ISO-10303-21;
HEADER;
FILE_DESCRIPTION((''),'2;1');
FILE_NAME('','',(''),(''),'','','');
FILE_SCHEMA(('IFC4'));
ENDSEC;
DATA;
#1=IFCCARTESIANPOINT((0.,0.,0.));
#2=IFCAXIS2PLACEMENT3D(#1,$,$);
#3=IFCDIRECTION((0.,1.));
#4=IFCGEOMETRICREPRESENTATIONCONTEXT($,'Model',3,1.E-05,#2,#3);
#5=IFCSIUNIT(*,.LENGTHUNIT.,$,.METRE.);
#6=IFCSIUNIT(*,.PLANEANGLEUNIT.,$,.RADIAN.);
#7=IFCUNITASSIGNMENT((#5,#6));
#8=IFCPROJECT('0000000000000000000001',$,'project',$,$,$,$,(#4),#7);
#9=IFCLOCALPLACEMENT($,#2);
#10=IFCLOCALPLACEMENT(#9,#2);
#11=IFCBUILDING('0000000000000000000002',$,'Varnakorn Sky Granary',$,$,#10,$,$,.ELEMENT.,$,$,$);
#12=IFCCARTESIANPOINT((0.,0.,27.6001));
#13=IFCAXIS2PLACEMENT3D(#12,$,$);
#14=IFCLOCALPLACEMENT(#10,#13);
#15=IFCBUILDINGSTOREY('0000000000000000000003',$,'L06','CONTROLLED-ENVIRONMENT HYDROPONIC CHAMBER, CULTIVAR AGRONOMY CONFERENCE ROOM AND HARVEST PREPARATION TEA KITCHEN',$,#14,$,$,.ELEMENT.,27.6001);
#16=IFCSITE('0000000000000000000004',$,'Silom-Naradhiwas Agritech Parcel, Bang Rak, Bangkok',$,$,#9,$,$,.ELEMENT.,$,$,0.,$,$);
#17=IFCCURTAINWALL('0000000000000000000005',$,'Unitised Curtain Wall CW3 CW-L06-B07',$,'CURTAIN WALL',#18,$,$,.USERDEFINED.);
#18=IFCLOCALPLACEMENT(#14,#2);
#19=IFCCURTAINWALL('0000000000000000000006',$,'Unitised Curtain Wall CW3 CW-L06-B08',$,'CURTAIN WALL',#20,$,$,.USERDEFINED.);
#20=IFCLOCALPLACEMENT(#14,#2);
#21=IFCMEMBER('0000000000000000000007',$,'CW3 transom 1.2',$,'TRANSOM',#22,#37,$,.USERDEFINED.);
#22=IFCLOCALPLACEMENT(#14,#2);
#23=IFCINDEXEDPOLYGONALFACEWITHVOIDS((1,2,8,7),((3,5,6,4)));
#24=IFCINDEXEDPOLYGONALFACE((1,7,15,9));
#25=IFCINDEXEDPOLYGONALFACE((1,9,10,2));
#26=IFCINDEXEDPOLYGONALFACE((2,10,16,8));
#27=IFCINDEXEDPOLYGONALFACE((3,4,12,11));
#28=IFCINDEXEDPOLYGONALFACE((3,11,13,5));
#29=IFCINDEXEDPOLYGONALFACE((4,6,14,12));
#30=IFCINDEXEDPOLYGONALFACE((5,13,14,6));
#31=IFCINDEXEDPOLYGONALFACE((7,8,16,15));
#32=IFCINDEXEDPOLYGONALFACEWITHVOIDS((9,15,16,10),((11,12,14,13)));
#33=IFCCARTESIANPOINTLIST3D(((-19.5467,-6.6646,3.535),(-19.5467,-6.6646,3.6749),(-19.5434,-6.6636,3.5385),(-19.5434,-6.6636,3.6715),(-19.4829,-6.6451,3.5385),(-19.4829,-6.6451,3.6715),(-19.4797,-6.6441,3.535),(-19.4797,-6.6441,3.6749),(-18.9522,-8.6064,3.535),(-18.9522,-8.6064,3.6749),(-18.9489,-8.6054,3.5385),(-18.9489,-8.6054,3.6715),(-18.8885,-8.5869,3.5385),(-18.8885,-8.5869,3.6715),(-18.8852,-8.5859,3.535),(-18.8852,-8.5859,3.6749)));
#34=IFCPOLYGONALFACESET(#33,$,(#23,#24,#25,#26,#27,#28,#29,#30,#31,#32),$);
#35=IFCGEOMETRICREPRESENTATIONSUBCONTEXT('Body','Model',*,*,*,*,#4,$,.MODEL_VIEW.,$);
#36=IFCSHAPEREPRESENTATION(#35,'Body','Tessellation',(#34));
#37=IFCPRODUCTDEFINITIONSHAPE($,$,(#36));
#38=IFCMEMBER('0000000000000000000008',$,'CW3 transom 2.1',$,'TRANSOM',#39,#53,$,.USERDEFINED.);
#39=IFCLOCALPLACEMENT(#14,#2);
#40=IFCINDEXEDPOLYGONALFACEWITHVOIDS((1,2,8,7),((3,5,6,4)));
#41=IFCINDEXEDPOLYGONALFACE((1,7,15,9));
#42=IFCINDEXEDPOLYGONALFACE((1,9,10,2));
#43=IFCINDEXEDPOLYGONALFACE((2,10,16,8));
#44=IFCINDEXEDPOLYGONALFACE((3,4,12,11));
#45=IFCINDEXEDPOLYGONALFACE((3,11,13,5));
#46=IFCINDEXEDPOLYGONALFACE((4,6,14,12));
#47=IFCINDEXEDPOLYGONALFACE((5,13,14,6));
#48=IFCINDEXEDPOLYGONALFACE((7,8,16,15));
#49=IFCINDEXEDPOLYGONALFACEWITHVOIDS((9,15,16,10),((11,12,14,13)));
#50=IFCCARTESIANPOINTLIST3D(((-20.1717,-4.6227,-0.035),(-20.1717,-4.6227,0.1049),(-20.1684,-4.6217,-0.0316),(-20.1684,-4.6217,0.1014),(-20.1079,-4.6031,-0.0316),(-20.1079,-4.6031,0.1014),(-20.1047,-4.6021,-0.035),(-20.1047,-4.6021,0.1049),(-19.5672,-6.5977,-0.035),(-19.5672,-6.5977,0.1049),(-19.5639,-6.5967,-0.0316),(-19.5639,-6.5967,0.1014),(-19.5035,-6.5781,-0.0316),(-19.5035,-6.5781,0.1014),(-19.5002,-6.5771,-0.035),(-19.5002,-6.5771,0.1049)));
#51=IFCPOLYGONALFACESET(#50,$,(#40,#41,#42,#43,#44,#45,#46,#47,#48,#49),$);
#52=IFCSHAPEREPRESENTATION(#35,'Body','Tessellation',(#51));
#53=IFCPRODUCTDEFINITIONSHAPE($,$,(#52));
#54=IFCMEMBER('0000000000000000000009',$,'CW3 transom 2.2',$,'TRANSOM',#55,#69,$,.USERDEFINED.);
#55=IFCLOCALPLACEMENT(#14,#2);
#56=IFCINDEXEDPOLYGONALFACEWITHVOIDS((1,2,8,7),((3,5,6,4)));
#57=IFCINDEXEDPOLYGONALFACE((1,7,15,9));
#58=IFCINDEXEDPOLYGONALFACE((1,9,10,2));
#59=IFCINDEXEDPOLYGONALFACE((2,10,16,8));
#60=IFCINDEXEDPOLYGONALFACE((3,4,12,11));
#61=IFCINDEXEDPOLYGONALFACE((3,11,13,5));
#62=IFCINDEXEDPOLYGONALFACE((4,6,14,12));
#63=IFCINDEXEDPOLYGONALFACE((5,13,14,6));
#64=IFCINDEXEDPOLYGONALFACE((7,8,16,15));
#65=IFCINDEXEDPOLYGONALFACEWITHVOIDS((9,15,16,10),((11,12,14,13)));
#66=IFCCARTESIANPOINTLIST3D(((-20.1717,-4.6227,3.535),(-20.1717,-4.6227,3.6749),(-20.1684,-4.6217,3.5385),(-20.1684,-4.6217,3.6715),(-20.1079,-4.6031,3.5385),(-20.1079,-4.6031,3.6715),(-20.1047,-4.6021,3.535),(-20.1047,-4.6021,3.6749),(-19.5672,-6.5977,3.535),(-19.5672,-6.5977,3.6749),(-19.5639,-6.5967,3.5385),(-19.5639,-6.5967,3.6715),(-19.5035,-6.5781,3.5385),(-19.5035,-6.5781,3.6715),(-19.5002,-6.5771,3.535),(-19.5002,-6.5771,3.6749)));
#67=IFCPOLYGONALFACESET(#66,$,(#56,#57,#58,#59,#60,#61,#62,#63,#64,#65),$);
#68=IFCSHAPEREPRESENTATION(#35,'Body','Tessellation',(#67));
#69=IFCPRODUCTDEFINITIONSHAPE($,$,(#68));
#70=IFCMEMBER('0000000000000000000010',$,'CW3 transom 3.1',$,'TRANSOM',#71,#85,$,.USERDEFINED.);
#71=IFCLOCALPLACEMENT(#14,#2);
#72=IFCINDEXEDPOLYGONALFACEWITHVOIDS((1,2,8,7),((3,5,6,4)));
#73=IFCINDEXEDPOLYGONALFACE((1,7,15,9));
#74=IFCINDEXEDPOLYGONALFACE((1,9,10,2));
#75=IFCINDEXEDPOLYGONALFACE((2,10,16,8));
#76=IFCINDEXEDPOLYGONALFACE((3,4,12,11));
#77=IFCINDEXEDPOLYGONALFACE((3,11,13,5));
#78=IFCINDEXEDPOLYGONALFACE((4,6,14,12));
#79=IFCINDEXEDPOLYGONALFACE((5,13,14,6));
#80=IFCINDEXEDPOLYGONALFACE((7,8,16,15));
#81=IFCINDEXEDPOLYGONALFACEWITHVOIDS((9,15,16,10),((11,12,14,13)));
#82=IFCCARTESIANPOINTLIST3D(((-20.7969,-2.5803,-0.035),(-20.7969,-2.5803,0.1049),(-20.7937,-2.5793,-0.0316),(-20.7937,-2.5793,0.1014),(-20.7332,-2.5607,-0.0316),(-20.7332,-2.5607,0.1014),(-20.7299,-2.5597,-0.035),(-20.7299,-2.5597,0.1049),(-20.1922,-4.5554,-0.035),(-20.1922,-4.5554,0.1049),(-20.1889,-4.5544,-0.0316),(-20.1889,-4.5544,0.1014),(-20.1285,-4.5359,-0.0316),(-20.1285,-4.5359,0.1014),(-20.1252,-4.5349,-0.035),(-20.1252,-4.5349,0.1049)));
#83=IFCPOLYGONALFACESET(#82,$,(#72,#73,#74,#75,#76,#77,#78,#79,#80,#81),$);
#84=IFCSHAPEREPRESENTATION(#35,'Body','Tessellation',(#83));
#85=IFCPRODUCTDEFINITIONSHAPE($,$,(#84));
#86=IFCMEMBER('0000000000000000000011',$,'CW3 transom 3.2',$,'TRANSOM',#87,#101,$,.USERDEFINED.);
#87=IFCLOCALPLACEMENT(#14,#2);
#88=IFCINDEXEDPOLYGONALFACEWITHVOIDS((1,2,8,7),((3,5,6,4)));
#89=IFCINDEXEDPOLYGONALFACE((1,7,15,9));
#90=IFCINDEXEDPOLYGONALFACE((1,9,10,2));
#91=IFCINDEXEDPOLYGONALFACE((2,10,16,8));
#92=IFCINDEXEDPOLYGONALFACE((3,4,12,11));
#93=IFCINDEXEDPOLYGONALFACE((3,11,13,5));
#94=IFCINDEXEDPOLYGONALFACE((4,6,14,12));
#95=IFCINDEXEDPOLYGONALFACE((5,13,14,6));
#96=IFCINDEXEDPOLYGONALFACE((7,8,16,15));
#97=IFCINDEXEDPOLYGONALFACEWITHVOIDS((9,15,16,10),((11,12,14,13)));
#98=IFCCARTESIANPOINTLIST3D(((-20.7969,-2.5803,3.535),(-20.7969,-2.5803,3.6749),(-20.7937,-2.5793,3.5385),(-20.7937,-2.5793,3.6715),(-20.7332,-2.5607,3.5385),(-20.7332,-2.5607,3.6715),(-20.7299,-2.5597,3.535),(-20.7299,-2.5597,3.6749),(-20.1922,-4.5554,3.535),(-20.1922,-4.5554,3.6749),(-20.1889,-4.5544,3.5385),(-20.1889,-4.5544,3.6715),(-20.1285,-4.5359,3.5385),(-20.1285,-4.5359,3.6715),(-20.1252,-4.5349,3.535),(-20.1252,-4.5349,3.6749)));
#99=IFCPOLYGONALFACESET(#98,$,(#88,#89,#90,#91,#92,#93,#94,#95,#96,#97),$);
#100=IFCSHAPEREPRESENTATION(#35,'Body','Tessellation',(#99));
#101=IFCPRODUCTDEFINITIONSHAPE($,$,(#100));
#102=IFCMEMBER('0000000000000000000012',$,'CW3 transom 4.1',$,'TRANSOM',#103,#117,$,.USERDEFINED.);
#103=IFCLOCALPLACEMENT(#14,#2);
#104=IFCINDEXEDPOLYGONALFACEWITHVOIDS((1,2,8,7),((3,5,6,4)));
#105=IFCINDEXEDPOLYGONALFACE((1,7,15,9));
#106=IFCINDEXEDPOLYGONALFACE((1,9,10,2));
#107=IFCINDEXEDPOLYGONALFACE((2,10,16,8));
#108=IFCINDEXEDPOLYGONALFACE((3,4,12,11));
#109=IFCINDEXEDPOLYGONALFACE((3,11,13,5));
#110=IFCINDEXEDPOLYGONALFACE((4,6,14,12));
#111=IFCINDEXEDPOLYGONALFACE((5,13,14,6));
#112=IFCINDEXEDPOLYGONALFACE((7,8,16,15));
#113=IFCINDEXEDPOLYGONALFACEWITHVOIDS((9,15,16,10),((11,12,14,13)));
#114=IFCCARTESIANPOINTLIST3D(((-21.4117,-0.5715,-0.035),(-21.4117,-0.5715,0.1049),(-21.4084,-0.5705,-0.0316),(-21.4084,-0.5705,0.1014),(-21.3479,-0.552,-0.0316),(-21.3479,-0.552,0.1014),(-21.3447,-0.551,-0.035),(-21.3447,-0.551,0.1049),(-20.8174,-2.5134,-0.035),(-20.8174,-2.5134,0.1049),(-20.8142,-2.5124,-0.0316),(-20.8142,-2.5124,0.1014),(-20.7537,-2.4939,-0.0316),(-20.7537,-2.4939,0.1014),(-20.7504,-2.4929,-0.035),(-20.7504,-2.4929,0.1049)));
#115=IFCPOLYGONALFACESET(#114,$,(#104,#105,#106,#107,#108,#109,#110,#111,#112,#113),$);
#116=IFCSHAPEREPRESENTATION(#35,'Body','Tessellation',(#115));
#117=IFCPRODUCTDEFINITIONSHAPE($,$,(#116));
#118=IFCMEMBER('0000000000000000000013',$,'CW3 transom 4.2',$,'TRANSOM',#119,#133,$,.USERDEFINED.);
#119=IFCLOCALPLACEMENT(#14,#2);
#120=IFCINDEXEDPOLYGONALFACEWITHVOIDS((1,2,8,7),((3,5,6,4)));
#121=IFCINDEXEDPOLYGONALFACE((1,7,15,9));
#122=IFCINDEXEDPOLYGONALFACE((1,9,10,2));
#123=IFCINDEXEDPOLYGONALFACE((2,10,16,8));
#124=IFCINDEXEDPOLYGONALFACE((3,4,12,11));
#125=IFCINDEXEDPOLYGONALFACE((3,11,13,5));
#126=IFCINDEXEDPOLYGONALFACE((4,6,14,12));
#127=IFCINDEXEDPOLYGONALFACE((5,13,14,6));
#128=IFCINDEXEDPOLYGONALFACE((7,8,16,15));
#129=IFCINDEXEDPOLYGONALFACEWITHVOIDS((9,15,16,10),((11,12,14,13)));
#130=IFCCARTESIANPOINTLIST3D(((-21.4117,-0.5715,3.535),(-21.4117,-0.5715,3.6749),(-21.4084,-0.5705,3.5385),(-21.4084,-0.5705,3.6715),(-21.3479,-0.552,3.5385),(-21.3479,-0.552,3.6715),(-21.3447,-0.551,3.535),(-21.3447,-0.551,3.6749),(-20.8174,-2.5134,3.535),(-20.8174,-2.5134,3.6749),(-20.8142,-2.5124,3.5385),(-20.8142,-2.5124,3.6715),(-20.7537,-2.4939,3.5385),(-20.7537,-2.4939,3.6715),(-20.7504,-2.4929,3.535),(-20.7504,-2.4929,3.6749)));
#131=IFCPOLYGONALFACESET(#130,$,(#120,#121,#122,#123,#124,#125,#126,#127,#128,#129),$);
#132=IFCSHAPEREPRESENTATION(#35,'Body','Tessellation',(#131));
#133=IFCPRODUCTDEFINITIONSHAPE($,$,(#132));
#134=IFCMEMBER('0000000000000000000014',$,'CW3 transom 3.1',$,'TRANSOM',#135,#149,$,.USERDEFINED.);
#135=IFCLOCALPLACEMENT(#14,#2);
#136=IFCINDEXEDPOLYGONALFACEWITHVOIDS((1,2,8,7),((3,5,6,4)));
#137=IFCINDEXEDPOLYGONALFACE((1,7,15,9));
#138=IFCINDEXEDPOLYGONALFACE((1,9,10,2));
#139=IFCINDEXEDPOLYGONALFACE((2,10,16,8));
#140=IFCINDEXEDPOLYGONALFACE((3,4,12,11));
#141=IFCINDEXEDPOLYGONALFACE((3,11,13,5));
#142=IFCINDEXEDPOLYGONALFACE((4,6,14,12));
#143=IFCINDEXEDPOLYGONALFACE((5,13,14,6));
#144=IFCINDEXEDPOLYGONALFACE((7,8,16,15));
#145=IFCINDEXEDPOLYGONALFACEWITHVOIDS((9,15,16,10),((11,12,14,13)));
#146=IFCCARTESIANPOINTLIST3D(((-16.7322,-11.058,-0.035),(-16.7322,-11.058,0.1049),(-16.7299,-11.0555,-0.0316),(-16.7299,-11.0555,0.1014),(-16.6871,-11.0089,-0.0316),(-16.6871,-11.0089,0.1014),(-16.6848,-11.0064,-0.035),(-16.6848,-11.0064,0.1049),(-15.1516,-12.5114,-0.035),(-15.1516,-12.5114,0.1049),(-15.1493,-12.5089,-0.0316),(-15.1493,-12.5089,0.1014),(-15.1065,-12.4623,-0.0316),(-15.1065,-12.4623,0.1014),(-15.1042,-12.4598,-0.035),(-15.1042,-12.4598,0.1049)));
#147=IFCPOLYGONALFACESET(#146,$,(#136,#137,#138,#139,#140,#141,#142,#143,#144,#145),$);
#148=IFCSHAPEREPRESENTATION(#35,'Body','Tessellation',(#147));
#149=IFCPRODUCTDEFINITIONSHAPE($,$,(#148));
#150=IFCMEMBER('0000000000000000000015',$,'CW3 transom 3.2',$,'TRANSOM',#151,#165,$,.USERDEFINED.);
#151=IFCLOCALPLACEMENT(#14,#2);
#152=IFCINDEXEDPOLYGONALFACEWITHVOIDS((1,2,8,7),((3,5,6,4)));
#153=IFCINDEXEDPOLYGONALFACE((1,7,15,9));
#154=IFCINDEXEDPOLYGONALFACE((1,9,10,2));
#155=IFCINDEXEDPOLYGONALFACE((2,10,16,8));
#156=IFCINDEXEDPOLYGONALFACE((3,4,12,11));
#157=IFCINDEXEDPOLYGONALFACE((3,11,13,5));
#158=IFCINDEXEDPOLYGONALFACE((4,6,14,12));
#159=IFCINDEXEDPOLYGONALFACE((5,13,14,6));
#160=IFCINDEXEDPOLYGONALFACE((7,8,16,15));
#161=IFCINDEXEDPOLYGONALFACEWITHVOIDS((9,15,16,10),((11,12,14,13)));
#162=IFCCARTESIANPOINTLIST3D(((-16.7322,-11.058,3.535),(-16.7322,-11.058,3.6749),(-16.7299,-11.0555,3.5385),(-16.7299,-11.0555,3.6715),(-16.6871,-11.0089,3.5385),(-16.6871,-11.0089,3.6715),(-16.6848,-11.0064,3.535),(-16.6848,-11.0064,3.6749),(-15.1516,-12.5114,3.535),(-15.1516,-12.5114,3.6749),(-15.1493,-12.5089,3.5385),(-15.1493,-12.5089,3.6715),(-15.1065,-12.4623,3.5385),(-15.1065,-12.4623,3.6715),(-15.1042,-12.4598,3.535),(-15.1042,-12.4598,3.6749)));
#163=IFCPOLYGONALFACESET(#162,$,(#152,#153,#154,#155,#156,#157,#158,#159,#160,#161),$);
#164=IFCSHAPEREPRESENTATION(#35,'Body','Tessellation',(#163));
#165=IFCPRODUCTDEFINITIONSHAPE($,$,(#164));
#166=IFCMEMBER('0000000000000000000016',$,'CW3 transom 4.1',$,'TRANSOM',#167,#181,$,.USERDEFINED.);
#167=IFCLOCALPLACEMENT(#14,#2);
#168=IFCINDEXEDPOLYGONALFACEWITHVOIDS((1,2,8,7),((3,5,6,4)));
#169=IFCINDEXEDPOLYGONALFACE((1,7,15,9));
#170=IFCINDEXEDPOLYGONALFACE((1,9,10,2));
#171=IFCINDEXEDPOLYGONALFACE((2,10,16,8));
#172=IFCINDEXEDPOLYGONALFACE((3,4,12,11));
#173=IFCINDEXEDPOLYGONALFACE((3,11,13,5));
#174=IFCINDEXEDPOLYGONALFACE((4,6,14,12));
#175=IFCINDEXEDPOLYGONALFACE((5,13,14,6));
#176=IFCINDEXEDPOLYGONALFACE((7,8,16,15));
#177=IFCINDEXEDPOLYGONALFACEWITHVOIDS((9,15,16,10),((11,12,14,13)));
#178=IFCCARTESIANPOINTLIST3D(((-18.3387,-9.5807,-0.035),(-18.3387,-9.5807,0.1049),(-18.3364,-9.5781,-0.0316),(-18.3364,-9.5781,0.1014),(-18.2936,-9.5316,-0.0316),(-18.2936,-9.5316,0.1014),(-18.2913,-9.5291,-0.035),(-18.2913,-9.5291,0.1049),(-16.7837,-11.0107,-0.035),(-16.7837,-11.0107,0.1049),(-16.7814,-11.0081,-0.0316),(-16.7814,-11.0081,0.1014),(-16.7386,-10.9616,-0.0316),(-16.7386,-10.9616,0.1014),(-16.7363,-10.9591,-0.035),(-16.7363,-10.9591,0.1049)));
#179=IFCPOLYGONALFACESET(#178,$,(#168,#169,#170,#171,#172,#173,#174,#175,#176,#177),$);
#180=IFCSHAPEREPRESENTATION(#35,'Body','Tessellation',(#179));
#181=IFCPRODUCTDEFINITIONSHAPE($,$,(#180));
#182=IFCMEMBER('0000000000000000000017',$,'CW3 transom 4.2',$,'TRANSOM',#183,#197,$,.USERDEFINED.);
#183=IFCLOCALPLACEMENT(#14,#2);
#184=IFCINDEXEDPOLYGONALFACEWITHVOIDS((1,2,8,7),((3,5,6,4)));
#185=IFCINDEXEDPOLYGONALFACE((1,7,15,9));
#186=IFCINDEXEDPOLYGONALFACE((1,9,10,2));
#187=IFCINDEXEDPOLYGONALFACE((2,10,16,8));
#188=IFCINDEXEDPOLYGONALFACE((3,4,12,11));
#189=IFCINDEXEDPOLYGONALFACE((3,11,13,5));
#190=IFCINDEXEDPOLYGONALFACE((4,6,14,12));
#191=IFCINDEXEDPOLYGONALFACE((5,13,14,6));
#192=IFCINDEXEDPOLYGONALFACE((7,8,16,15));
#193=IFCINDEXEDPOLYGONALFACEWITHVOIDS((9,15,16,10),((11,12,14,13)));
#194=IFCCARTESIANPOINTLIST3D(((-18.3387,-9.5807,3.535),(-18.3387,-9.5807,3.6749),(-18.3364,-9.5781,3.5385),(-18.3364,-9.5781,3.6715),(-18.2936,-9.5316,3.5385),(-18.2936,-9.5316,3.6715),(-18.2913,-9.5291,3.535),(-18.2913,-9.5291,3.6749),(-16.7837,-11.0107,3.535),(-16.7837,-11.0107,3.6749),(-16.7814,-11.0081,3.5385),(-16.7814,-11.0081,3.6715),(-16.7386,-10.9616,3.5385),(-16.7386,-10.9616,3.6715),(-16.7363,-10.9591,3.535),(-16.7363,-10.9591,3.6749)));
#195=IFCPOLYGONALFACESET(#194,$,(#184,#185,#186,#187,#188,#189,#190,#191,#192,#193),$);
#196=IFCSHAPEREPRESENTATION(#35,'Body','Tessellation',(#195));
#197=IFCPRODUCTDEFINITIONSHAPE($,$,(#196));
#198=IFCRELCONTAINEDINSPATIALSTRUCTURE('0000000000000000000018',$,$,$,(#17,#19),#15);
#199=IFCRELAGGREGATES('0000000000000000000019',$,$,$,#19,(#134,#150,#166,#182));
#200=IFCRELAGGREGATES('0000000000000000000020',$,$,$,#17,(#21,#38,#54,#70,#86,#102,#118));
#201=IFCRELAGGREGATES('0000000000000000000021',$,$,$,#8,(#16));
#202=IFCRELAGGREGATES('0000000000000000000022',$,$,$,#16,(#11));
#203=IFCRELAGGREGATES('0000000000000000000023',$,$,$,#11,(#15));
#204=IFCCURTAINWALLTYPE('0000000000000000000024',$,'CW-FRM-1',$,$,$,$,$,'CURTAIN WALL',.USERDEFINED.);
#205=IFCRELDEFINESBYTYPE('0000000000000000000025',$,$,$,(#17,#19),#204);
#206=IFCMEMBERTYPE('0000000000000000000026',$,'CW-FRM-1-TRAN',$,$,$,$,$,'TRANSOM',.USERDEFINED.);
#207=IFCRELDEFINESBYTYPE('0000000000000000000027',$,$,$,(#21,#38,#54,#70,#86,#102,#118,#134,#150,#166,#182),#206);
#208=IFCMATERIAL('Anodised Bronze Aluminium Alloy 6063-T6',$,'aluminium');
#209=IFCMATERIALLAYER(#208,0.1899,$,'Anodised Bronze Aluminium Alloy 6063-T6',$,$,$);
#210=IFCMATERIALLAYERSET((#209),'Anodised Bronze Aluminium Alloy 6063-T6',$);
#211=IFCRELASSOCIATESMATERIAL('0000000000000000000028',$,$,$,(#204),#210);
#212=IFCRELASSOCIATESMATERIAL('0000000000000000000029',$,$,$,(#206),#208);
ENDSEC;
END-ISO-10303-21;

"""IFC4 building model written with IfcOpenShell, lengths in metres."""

from ifc_helpers import new_model, si_unit, direction, frame, origin, origin_2d, place, context, subcontext, project, spatial, hollow_rectangle, extrude, material, layer, layer_set, material_profile, profile_set, type_object, element, aggregate, save


model = new_model("IFC4")

# Units and contexts
model_context = context("Model", 3, precision=1e-05, world=origin(), true_north=direction((0.0, 1.0)))
body_context = subcontext(model_context, "Body", "Model", "MODEL_VIEW")
ifc_project = project(units=[si_unit("LENGTHUNIT", "METRE"), si_unit("PLANEANGLEUNIT", "RADIAN")], contexts=[model_context])

# Site, building, storey
site_placement = place(None, origin())
site = spatial("IfcSite", under=ifc_project, at=site_placement, Name="Silom-Naradhiwas Agritech Parcel, Bang Rak, Bangkok", CompositionType="ELEMENT", RefElevation=0.0)
building_placement = place(site_placement, origin())
building = spatial("IfcBuilding", under=site, at=building_placement, Name="Varnakorn Sky Granary", CompositionType="ELEMENT")
storey_placement = place(building_placement, frame((0.0, 0.0, 27.6001)))
storey = spatial("IfcBuildingStorey", under=building, at=storey_placement, Name="L06", Description="CONTROLLED-ENVIRONMENT HYDROPONIC CHAMBER, CULTIVAR AGRONOMY CONFERENCE ROOM AND HARVEST PREPARATION TEA KITCHEN", CompositionType="ELEMENT", Elevation=27.6001)

# Curtain walls
ifc_material_1 = material(Name="Anodised Bronze Aluminium Alloy 6063-T6", Category="aluminium")
ifc_layer_1 = layer(ifc_material_1, 0.1899, Name="Anodised Bronze Aluminium Alloy 6063-T6")
ifc_layer_set_1 = layer_set([ifc_layer_1], Name="Anodised Bronze Aluminium Alloy 6063-T6")
curtain_wall_type = type_object("IfcCurtainWallType", Name="CW-FRM-1", ElementType="CURTAIN WALL", PredefinedType="USERDEFINED", material=ifc_layer_set_1)
curtain_wall_1_placement = place(storey_placement, origin())
curtain_wall_1 = element("IfcCurtainWall", 1, at=curtain_wall_1_placement, inside=storey, type_object=curtain_wall_type, Name="Unitised Curtain Wall CW3 CW-L06-B07", ObjectType="CURTAIN WALL", PredefinedType="USERDEFINED")
curtain_wall_2_placement = place(storey_placement, origin())
curtain_wall_2 = element("IfcCurtainWall", 2, at=curtain_wall_2_placement, inside=storey, type_object=curtain_wall_type, Name="Unitised Curtain Wall CW3 CW-L06-B08", ObjectType="CURTAIN WALL", PredefinedType="USERDEFINED")

# Members
ifc_material_profile_1 = material_profile(ifc_material_1, hollow_rectangle(XDim=0.0701, YDim=0.1399, WallThickness=0.0034, at=origin_2d()), Name="ALU TRAN 70x140")
ifc_profile_set_1 = profile_set([ifc_material_profile_1], Name="Anodised Bronze Aluminium Alloy 6063-T6")
member_type_1 = type_object("IfcMemberType", Name="CW-FRM-1-TRAN", ElementType="TRANSOM", PredefinedType="USERDEFINED", material=ifc_profile_set_1)
member_1_placement = place(storey_placement, frame((-18.9187, -8.5962, 3.605), z_axis=(-0.292725, 0.956197, 0.0), x_axis=(-0.956197, -0.292725, 0.0)))
member_1 = element("IfcMember", 3, at=member_1_placement, type_object=member_type_1, Name="CW3 transom 1.2", ObjectType="TRANSOM", PredefinedType="USERDEFINED", context=body_context, shape_type="SweptSolid", body=[
    extrude(hollow_rectangle(XDim=0.0701, YDim=0.1399, WallThickness=0.0034, at=origin_2d()), origin(), (0.0, 0.0, 1.0), 2.0308),
])
member_2_placement = place(storey_placement, frame((-19.5337, -6.5874, 0.0349), z_axis=(-0.292657, 0.956218, 0.0), x_axis=(-0.956218, -0.292657, 0.0)))
member_2 = element("IfcMember", 4, at=member_2_placement, type_object=member_type_1, Name="CW3 transom 2.1", ObjectType="TRANSOM", PredefinedType="USERDEFINED", context=body_context, shape_type="SweptSolid", body=[
    extrude(hollow_rectangle(XDim=0.0701, YDim=0.1399, WallThickness=0.0034, at=origin_2d()), origin(), (0.0, 0.0, 1.0), 2.0654),
])
member_3_placement = place(storey_placement, frame((-19.5337, -6.5874, 3.605), z_axis=(-0.292657, 0.956218, 0.0), x_axis=(-0.956218, -0.292657, 0.0)))
member_3 = element("IfcMember", 5, at=member_3_placement, type_object=member_type_1, Name="CW3 transom 2.2", ObjectType="TRANSOM", PredefinedType="USERDEFINED", context=body_context, shape_type="SweptSolid", body=[
    extrude(hollow_rectangle(XDim=0.0701, YDim=0.1399, WallThickness=0.0034, at=origin_2d()), origin(), (0.0, 0.0, 1.0), 2.0654),
])
member_4_placement = place(storey_placement, frame((-20.1587, -4.5452, 0.0349), z_axis=(-0.292765, 0.956184, 0.0), x_axis=(-0.956184, -0.292765, 0.0)))
member_4 = element("IfcMember", 6, at=member_4_placement, type_object=member_type_1, Name="CW3 transom 3.1", ObjectType="TRANSOM", PredefinedType="USERDEFINED", context=body_context, shape_type="SweptSolid", body=[
    extrude(hollow_rectangle(XDim=0.0701, YDim=0.1399, WallThickness=0.0034, at=origin_2d()), origin(), (0.0, 0.0, 1.0), 2.0657),
])
member_5_placement = place(storey_placement, frame((-20.1587, -4.5452, 3.605), z_axis=(-0.292765, 0.956184, 0.0), x_axis=(-0.956184, -0.292765, 0.0)))
member_5 = element("IfcMember", 7, at=member_5_placement, type_object=member_type_1, Name="CW3 transom 3.2", ObjectType="TRANSOM", PredefinedType="USERDEFINED", context=body_context, shape_type="SweptSolid", body=[
    extrude(hollow_rectangle(XDim=0.0701, YDim=0.1399, WallThickness=0.0034, at=origin_2d()), origin(), (0.0, 0.0, 1.0), 2.0657),
])
member_6_placement = place(storey_placement, frame((-20.7839, -2.5032, 0.0349), z_axis=(-0.292616, 0.95623, 0.0), x_axis=(-0.95623, -0.292616, 0.0)))
member_6 = element("IfcMember", 8, at=member_6_placement, type_object=member_type_1, Name="CW3 transom 4.1", ObjectType="TRANSOM", PredefinedType="USERDEFINED", context=body_context, shape_type="SweptSolid", body=[
    extrude(hollow_rectangle(XDim=0.0701, YDim=0.1399, WallThickness=0.0034, at=origin_2d()), origin(), (0.0, 0.0, 1.0), 2.0308),
])
member_7_placement = place(storey_placement, frame((-20.7839, -2.5032, 3.605), z_axis=(-0.292616, 0.95623, 0.0), x_axis=(-0.95623, -0.292616, 0.0)))
member_7 = element("IfcMember", 9, at=member_7_placement, type_object=member_type_1, Name="CW3 transom 4.2", ObjectType="TRANSOM", PredefinedType="USERDEFINED", context=body_context, shape_type="SweptSolid", body=[
    extrude(hollow_rectangle(XDim=0.0701, YDim=0.1399, WallThickness=0.0034, at=origin_2d()), origin(), (0.0, 0.0, 1.0), 2.0308),
])
member_8_placement = place(storey_placement, frame((-15.1279, -12.4856, 0.0349), z_axis=(-0.736105, 0.676867, 0.0), x_axis=(-0.676867, -0.736105, 0.0)))
member_8 = element("IfcMember", 10, at=member_8_placement, type_object=member_type_1, Name="CW3 transom 3.1", ObjectType="TRANSOM", PredefinedType="USERDEFINED", context=body_context, shape_type="SweptSolid", body=[
    extrude(hollow_rectangle(XDim=0.0701, YDim=0.1399, WallThickness=0.0034, at=origin_2d()), origin(), (0.0, 0.0, 1.0), 2.1472),
])
member_9_placement = place(storey_placement, frame((-15.1279, -12.4856, 3.605), z_axis=(-0.736105, 0.676867, 0.0), x_axis=(-0.676867, -0.736105, 0.0)))
member_9 = element("IfcMember", 11, at=member_9_placement, type_object=member_type_1, Name="CW3 transom 3.2", ObjectType="TRANSOM", PredefinedType="USERDEFINED", context=body_context, shape_type="SweptSolid", body=[
    extrude(hollow_rectangle(XDim=0.0701, YDim=0.1399, WallThickness=0.0034, at=origin_2d()), origin(), (0.0, 0.0, 1.0), 2.1472),
])
member_10_placement = place(storey_placement, frame((-16.76, -10.9849, 0.0349), z_axis=(-0.736074, 0.676901, 0.0), x_axis=(-0.676901, -0.736074, 0.0)))
member_10 = element("IfcMember", 12, at=member_10_placement, type_object=member_type_1, Name="CW3 transom 4.1", ObjectType="TRANSOM", PredefinedType="USERDEFINED", context=body_context, shape_type="SweptSolid", body=[
    extrude(hollow_rectangle(XDim=0.0701, YDim=0.1399, WallThickness=0.0034, at=origin_2d()), origin(), (0.0, 0.0, 1.0), 2.1125),
])
member_11_placement = place(storey_placement, frame((-16.76, -10.9849, 3.605), z_axis=(-0.736074, 0.676901, 0.0), x_axis=(-0.676901, -0.736074, 0.0)))
member_11 = element("IfcMember", 13, at=member_11_placement, type_object=member_type_1, Name="CW3 transom 4.2", ObjectType="TRANSOM", PredefinedType="USERDEFINED", context=body_context, shape_type="SweptSolid", body=[
    extrude(hollow_rectangle(XDim=0.0701, YDim=0.1399, WallThickness=0.0034, at=origin_2d()), origin(), (0.0, 0.0, 1.0), 2.1125),
])

aggregate(curtain_wall_2, [member_8, member_9, member_10, member_11])
aggregate(curtain_wall_1, [member_1, member_2, member_3, member_4, member_5, member_6, member_7])

save(model, "model.ifc")
